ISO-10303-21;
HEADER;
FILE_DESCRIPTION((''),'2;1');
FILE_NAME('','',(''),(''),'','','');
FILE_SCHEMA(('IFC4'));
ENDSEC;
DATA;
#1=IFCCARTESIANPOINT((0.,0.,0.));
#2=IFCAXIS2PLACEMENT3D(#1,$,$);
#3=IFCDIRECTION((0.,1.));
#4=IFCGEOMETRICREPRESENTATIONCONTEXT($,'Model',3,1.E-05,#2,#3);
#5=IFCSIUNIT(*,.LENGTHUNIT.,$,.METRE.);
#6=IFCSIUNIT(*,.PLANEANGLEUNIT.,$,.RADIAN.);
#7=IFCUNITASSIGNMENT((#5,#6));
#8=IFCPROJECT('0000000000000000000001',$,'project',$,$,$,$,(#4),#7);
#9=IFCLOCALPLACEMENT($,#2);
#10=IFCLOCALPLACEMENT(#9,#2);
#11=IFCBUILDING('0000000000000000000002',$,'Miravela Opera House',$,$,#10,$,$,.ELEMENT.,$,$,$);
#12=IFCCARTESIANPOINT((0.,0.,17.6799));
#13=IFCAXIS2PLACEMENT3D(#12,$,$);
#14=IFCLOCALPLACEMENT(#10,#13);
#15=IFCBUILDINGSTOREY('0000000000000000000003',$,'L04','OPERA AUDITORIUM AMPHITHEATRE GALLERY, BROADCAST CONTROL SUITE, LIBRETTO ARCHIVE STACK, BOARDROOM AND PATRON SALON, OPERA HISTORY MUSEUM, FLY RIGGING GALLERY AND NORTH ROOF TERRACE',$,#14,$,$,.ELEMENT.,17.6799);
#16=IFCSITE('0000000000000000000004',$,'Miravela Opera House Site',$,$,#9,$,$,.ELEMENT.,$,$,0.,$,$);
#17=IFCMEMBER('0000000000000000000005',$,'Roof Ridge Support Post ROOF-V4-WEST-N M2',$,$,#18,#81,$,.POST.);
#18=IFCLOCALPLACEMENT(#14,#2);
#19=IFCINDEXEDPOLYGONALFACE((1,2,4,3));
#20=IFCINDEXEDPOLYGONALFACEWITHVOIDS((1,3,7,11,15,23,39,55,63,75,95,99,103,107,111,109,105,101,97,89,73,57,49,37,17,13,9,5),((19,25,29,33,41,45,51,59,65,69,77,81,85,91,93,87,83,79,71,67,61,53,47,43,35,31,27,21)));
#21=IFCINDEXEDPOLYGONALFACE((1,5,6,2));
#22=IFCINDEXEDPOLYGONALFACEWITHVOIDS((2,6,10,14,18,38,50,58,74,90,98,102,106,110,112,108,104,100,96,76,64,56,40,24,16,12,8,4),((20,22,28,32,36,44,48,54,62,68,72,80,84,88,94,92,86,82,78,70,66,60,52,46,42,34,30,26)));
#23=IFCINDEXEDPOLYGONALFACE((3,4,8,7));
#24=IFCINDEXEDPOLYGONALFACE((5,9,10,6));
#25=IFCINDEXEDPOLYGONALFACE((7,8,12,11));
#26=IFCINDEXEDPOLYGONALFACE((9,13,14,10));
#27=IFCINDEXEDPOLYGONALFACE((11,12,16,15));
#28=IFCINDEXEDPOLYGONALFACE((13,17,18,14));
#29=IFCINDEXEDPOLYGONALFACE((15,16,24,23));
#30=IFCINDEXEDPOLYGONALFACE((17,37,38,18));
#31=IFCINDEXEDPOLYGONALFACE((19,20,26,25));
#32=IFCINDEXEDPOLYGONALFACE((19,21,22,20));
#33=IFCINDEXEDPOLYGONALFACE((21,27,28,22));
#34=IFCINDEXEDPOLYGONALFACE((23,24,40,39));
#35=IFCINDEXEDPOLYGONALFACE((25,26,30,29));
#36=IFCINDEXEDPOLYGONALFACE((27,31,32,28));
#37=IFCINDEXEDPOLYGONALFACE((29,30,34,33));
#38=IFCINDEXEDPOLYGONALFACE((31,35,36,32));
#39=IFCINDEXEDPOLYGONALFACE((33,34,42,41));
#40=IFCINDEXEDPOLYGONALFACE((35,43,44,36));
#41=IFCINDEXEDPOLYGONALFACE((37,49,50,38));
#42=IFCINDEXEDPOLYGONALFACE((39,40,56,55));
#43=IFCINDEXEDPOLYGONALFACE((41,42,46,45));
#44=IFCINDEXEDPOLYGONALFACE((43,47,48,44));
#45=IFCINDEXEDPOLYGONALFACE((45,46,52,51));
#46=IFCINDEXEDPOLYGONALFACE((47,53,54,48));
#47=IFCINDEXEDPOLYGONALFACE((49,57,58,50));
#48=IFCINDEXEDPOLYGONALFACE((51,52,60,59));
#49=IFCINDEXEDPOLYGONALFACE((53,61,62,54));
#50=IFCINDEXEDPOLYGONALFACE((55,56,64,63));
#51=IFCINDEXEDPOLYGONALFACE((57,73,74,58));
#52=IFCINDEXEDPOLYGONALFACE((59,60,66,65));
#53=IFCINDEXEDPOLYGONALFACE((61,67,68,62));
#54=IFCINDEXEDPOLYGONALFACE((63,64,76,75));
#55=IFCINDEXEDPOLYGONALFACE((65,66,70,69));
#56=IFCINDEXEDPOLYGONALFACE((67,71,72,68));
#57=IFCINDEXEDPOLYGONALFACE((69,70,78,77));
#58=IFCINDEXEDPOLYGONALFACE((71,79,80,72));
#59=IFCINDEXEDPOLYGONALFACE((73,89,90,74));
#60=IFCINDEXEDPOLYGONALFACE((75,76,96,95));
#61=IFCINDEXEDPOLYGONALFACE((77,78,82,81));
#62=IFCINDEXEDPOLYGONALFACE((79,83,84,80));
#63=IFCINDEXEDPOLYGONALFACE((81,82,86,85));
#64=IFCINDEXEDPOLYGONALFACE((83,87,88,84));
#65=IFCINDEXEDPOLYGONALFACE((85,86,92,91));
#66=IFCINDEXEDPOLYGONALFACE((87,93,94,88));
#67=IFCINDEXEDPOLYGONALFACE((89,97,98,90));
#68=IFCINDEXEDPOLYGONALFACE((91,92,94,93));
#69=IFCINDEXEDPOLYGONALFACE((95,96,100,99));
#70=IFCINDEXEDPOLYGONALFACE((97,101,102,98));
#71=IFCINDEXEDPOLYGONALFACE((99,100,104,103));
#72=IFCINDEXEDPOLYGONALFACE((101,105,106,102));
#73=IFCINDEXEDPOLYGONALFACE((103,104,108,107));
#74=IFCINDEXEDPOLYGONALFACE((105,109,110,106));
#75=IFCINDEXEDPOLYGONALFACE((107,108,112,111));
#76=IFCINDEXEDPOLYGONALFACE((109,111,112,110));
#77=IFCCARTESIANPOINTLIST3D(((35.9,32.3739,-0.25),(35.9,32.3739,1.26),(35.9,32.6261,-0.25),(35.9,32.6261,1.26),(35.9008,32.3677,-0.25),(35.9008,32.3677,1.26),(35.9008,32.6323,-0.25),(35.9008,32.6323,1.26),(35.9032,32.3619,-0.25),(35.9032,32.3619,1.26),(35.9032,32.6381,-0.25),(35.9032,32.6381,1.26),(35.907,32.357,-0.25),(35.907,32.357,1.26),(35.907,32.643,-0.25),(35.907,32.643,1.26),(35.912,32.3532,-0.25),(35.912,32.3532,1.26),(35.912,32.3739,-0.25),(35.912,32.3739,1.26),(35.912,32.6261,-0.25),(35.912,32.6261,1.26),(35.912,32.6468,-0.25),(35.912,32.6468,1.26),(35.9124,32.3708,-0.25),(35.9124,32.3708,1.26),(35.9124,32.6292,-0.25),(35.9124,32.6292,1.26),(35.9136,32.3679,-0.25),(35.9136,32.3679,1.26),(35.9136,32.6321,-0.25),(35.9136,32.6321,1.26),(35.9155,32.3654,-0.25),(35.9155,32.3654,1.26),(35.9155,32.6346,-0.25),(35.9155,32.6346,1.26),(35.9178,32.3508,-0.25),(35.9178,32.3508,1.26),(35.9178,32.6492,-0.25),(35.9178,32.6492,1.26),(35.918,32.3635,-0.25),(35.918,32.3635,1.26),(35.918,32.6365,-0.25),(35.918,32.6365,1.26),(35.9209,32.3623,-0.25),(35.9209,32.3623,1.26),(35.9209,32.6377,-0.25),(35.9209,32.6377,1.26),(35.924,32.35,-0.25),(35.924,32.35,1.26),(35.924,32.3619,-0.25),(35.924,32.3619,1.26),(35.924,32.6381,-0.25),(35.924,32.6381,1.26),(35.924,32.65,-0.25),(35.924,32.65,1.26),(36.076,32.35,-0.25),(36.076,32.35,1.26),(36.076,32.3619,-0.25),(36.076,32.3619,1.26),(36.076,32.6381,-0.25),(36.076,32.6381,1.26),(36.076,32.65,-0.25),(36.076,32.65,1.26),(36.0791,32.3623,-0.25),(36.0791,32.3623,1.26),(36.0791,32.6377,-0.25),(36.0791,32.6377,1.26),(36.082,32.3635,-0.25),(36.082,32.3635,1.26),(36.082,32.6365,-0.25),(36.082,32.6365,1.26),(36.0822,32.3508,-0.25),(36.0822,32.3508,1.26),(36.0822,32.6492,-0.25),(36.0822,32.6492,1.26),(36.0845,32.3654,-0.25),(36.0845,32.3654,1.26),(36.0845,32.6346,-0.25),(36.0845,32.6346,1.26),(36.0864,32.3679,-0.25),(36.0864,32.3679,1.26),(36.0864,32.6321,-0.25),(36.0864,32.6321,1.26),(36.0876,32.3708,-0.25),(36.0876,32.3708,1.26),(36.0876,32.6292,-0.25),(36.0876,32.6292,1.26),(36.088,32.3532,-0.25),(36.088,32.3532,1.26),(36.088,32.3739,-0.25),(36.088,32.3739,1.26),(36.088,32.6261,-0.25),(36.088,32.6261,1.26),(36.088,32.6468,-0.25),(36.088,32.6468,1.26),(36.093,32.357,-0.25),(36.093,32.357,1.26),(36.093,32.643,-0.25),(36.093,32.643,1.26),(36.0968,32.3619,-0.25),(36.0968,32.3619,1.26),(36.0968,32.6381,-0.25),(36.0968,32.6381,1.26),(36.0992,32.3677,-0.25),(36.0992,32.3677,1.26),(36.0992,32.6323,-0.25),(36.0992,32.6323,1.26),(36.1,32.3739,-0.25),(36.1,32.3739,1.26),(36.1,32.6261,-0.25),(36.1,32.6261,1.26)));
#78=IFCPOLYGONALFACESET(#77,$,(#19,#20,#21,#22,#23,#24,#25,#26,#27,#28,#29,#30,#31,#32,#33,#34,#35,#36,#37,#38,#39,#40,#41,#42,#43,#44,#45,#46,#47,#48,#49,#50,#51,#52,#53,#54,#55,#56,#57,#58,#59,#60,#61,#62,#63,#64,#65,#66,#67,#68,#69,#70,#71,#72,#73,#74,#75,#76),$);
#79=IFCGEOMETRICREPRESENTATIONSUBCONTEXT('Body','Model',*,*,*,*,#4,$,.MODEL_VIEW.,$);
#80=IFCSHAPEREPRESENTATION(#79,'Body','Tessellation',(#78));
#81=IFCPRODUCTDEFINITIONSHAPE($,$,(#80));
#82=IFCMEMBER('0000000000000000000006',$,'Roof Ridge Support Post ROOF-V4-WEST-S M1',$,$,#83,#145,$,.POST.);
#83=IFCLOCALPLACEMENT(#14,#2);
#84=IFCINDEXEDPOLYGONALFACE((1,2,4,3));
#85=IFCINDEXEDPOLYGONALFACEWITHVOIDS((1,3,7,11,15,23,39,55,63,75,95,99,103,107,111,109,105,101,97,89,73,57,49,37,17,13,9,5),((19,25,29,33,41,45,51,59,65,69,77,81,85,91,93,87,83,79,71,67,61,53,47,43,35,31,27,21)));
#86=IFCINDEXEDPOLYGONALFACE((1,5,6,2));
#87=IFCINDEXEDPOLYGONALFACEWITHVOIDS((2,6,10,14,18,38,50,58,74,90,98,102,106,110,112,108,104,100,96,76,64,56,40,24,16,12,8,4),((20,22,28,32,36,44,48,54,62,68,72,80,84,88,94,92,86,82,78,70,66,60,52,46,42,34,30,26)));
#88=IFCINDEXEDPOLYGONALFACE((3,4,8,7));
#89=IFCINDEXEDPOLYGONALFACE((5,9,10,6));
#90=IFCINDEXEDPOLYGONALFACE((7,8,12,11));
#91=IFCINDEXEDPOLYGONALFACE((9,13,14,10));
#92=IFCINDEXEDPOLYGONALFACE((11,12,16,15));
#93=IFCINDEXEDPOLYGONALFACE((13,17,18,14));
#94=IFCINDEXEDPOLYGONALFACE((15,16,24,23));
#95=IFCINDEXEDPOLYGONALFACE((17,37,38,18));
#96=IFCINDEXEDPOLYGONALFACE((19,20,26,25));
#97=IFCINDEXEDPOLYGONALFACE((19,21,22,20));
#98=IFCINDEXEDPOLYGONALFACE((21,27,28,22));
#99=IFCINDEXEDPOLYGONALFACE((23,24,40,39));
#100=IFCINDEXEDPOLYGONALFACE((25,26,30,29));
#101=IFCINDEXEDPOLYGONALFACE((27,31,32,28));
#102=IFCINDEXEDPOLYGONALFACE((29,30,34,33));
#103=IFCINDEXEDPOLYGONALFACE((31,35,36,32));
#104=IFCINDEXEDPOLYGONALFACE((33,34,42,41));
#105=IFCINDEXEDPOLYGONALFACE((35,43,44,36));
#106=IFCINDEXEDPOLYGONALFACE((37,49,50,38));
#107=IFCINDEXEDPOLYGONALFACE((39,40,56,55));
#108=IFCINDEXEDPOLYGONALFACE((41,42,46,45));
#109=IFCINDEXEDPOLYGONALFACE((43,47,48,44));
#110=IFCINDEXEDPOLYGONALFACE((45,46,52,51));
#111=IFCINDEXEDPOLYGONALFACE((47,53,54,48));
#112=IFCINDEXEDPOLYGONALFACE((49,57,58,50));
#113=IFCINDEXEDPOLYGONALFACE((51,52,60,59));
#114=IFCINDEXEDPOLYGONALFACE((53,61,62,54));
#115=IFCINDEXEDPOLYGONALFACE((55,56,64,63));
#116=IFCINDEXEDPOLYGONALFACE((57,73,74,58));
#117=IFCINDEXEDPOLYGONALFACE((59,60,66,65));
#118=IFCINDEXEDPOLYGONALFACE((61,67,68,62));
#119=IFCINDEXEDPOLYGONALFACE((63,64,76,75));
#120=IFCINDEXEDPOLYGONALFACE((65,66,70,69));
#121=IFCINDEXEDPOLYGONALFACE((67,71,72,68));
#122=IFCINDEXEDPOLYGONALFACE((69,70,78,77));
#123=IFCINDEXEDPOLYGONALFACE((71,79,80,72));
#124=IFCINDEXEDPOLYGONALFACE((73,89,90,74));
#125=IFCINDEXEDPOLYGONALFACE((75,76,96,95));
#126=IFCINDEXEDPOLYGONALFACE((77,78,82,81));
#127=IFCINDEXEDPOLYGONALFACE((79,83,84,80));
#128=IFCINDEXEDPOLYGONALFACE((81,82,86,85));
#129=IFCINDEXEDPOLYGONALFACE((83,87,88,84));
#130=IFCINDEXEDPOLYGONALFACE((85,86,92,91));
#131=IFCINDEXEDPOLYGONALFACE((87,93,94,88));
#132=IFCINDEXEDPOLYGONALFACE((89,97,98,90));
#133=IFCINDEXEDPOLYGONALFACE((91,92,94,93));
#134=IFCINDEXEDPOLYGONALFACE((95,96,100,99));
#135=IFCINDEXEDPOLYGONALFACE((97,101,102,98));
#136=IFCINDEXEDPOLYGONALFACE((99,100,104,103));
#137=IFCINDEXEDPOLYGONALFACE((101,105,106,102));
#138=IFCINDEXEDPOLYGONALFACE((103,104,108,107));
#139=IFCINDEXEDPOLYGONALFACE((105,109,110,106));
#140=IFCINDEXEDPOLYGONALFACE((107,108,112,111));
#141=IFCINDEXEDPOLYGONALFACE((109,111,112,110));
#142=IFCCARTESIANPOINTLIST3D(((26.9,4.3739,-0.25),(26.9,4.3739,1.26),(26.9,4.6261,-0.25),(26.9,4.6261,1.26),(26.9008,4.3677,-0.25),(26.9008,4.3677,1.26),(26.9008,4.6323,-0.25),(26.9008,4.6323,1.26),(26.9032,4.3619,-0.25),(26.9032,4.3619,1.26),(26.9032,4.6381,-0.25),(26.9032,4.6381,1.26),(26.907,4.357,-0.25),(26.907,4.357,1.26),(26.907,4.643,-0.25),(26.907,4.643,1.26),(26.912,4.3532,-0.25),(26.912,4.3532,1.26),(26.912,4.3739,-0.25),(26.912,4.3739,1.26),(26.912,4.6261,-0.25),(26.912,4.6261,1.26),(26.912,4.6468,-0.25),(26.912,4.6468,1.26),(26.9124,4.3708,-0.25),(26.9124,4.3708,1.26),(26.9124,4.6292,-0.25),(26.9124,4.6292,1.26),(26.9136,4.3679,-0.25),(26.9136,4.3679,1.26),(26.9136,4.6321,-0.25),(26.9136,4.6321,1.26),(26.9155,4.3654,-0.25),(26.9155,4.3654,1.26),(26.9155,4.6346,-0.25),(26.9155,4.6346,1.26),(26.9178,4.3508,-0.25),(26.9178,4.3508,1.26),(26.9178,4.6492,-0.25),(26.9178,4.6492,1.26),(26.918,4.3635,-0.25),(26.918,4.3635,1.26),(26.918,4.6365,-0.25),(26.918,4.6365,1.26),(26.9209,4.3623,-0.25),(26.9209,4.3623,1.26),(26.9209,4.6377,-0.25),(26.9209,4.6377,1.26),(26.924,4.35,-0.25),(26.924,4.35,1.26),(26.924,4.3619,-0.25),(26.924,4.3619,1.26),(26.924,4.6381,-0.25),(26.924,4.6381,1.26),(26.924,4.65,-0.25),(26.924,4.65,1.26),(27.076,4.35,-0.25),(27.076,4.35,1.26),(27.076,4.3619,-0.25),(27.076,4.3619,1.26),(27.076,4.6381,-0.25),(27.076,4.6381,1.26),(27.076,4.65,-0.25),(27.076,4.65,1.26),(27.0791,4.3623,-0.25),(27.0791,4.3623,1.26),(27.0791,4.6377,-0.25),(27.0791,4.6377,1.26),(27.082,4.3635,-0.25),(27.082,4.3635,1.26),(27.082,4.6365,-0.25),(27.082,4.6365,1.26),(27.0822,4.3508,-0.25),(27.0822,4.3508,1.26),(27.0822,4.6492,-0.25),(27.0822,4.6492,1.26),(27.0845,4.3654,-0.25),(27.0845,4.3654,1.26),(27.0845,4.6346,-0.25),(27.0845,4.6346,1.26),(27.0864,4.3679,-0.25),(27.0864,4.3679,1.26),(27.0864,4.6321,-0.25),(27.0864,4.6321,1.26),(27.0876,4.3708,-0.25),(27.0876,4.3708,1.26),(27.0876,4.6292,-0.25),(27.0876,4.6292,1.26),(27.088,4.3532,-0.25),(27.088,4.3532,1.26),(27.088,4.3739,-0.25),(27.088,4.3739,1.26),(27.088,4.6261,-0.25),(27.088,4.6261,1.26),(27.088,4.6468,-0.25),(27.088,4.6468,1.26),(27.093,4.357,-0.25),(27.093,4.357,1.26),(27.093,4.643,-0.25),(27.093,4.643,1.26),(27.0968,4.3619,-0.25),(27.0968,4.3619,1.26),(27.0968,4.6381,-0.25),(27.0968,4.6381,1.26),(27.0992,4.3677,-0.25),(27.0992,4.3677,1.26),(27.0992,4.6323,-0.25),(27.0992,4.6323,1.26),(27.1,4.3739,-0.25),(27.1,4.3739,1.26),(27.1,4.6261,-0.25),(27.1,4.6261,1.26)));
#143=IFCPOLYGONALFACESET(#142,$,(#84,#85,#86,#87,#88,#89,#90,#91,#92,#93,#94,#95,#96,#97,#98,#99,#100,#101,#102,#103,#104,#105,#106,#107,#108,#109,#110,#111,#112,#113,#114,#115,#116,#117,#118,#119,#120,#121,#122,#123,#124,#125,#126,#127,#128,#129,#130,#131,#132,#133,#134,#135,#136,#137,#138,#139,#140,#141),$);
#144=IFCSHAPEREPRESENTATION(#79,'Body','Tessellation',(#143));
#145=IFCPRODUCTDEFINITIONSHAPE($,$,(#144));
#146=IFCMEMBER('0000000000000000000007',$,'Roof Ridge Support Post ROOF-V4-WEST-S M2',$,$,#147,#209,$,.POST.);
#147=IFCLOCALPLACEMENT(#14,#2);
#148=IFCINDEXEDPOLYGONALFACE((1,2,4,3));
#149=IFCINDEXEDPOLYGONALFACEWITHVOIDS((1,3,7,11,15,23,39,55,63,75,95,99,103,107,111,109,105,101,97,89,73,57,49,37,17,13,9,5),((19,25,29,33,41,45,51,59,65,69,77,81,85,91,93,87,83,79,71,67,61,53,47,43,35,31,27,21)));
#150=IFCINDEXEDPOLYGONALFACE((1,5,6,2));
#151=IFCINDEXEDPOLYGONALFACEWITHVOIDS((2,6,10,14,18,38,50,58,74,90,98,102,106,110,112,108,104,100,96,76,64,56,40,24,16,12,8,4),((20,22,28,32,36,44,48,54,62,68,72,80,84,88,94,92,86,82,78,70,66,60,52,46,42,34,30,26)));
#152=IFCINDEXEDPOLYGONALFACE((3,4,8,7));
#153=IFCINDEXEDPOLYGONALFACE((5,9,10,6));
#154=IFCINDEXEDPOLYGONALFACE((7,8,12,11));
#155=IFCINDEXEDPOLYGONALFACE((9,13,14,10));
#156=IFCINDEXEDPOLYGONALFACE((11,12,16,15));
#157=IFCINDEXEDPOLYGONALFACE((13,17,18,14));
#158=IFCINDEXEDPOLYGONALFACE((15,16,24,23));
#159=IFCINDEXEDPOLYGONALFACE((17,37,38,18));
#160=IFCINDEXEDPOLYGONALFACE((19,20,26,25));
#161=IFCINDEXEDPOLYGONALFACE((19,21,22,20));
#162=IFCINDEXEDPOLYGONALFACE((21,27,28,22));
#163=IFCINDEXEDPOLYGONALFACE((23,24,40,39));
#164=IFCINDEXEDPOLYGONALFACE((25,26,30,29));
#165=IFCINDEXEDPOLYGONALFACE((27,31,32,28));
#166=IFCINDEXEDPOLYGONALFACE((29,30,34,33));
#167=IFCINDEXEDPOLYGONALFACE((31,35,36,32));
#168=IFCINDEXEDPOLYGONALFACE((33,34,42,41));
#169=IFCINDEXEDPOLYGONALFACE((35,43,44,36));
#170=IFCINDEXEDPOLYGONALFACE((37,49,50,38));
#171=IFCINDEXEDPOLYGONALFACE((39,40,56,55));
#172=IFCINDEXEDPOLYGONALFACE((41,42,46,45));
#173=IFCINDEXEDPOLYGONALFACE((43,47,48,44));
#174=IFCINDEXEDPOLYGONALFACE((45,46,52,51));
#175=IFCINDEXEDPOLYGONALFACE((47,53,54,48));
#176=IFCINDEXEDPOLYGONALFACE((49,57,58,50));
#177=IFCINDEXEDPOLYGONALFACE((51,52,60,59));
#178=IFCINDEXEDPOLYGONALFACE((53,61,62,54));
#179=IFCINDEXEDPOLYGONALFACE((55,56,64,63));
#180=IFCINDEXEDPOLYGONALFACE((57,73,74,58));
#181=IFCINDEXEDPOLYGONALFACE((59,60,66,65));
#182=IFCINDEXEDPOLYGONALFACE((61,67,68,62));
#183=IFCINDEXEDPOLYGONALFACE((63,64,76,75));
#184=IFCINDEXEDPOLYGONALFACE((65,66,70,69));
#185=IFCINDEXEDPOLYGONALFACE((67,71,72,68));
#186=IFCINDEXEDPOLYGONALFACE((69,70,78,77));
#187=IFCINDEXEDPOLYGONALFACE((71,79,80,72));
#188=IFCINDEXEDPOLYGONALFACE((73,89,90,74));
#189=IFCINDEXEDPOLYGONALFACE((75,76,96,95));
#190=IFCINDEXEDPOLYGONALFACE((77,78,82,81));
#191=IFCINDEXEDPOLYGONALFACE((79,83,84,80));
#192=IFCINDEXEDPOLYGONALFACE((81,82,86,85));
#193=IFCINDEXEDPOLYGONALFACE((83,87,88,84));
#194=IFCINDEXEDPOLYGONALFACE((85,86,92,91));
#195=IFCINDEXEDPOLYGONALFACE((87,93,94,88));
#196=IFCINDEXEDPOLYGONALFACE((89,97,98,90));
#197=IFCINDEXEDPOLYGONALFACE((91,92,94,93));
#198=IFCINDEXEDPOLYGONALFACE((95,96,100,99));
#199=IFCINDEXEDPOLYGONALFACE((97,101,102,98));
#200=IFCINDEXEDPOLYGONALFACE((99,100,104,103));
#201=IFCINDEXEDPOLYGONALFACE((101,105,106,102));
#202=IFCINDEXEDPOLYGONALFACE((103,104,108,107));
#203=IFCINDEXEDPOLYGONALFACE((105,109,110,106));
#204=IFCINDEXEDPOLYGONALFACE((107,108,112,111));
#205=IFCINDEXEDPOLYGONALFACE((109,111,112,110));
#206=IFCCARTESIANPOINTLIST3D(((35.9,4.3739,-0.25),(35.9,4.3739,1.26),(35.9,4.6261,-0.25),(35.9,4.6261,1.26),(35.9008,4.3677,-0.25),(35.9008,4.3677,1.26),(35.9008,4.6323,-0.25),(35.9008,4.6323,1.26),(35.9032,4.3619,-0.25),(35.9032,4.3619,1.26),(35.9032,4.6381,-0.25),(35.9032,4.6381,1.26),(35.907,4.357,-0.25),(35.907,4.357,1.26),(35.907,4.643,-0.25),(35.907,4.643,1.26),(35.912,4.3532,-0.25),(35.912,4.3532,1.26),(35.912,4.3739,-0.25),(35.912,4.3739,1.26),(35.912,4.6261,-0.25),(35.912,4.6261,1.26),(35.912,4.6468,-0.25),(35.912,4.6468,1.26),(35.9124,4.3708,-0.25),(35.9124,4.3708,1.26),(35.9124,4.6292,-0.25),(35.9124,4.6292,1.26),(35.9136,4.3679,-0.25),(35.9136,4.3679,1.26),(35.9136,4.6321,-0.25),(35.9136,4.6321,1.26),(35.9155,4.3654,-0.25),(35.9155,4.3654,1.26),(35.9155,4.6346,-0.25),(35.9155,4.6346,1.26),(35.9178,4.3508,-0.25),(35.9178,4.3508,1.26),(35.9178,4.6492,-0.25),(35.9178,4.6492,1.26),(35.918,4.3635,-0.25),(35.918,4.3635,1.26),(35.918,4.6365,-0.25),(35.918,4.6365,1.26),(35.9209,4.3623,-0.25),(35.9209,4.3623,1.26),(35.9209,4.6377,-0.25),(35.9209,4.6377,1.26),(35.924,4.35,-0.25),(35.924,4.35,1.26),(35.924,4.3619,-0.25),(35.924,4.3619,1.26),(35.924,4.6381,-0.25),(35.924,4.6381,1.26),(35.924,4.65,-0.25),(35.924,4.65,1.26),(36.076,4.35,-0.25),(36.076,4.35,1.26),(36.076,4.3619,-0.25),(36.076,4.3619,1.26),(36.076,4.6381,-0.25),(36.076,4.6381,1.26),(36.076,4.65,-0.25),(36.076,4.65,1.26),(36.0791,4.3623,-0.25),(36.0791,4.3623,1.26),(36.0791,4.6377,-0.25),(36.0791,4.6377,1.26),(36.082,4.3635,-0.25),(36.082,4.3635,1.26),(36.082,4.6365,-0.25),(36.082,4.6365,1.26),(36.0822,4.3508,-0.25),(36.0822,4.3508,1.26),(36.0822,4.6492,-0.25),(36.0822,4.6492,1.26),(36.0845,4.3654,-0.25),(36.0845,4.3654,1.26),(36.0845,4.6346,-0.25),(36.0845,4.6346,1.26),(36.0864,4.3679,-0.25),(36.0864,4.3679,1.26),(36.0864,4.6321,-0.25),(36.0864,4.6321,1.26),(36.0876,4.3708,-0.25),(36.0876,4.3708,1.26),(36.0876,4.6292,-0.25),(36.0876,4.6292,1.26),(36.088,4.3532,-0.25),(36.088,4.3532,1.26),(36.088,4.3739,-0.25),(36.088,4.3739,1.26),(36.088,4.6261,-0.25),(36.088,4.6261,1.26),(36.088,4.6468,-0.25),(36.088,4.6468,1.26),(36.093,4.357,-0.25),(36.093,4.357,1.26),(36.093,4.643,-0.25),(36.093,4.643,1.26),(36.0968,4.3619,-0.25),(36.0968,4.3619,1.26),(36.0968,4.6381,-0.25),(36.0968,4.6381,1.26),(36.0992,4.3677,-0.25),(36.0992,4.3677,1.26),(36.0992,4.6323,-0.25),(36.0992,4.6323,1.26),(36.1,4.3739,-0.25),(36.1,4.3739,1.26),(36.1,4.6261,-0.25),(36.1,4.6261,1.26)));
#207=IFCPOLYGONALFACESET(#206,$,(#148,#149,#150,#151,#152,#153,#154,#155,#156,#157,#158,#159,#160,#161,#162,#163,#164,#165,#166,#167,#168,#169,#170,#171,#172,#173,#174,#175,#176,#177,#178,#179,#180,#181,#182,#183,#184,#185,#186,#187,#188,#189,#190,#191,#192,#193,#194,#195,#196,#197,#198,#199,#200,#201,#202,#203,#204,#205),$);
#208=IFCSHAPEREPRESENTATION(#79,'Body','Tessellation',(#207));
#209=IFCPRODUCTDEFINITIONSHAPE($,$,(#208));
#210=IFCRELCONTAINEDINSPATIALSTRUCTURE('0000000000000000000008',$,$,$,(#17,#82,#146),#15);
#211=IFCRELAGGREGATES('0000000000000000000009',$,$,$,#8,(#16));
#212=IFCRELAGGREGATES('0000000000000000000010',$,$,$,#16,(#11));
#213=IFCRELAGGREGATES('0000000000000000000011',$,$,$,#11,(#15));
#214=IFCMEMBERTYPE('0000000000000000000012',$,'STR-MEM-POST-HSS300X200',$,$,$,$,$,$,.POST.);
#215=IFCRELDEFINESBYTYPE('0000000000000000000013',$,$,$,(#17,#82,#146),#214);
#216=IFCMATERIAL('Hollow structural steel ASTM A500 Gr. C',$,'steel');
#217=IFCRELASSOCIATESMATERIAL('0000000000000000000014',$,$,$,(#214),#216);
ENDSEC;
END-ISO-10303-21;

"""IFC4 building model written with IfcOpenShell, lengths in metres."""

from ifc_helpers import new_model, si_unit, direction, frame, origin, origin_2d, place, context, subcontext, project, spatial, hollow_rectangle, extrude, material, material_profile, profile_set, type_object, element, save


model = new_model("IFC4")

# Units and contexts
model_context = context("Model", 3, precision=1e-05, world=origin(), true_north=direction((0.0, 1.0)))
body_context = subcontext(model_context, "Body", "Model", "MODEL_VIEW")
ifc_project = project(units=[si_unit("LENGTHUNIT", "METRE"), si_unit("PLANEANGLEUNIT", "RADIAN")], contexts=[model_context])

# Site, building, storey
site_placement = place(None, origin())
site = spatial("IfcSite", under=ifc_project, at=site_placement, Name="Miravela Opera House Site", CompositionType="ELEMENT", RefElevation=0.0)
building_placement = place(site_placement, origin())
building = spatial("IfcBuilding", under=site, at=building_placement, Name="Miravela Opera House", CompositionType="ELEMENT")
storey_placement = place(building_placement, frame((0.0, 0.0, 17.6799)))
storey = spatial("IfcBuildingStorey", under=building, at=storey_placement, Name="L04", Description="OPERA AUDITORIUM AMPHITHEATRE GALLERY, BROADCAST CONTROL SUITE, LIBRETTO ARCHIVE STACK, BOARDROOM AND PATRON SALON, OPERA HISTORY MUSEUM, FLY RIGGING GALLERY AND NORTH ROOF TERRACE", CompositionType="ELEMENT", Elevation=17.6799)

# Members
ifc_material_1 = material(Name="Hollow structural steel ASTM A500 Gr. C", Category="steel")
ifc_material_profile_1 = material_profile(ifc_material_1, hollow_rectangle(XDim=0.2, YDim=0.3, WallThickness=0.012, InnerFilletRadius=0.012, OuterFilletRadius=0.0239, at=origin_2d()), Name="HSS300X200X12")
ifc_profile_set_1 = profile_set([ifc_material_profile_1])
member_type_1 = type_object("IfcMemberType", Name="STR-MEM-POST-HSS300X200", PredefinedType="POST", material=ifc_profile_set_1)
for number, where, z_axis, x_axis, name in (
    (1, (36.0, 32.5, -0.25), (0.0, 0.0, 1.0), (1.0, 0.0, 0.0), "Roof Ridge Support Post ROOF-V4-WEST-N M2"),
    (2, (27.0, 4.5, -0.25), (0.0, 0.0, 1.0), (1.0, 0.0, 0.0), "Roof Ridge Support Post ROOF-V4-WEST-S M1"),
    (3, (36.0, 4.5, -0.25), (0.0, 0.0, 1.0), (1.0, 0.0, 0.0), "Roof Ridge Support Post ROOF-V4-WEST-S M2"),
):
    element("IfcMember", number, at=place(storey_placement, frame(where, z_axis=z_axis, x_axis=x_axis)), inside=storey, type_object=member_type_1, Name=name, PredefinedType="POST", context=body_context, shape_type="SweptSolid", body=[
        extrude(hollow_rectangle(XDim=0.2, YDim=0.3, WallThickness=0.012, InnerFilletRadius=0.012, OuterFilletRadius=0.0239, at=origin_2d()), origin(), (0.0, 0.0, 1.0), 1.51),
    ])

save(model, "model.ifc")
